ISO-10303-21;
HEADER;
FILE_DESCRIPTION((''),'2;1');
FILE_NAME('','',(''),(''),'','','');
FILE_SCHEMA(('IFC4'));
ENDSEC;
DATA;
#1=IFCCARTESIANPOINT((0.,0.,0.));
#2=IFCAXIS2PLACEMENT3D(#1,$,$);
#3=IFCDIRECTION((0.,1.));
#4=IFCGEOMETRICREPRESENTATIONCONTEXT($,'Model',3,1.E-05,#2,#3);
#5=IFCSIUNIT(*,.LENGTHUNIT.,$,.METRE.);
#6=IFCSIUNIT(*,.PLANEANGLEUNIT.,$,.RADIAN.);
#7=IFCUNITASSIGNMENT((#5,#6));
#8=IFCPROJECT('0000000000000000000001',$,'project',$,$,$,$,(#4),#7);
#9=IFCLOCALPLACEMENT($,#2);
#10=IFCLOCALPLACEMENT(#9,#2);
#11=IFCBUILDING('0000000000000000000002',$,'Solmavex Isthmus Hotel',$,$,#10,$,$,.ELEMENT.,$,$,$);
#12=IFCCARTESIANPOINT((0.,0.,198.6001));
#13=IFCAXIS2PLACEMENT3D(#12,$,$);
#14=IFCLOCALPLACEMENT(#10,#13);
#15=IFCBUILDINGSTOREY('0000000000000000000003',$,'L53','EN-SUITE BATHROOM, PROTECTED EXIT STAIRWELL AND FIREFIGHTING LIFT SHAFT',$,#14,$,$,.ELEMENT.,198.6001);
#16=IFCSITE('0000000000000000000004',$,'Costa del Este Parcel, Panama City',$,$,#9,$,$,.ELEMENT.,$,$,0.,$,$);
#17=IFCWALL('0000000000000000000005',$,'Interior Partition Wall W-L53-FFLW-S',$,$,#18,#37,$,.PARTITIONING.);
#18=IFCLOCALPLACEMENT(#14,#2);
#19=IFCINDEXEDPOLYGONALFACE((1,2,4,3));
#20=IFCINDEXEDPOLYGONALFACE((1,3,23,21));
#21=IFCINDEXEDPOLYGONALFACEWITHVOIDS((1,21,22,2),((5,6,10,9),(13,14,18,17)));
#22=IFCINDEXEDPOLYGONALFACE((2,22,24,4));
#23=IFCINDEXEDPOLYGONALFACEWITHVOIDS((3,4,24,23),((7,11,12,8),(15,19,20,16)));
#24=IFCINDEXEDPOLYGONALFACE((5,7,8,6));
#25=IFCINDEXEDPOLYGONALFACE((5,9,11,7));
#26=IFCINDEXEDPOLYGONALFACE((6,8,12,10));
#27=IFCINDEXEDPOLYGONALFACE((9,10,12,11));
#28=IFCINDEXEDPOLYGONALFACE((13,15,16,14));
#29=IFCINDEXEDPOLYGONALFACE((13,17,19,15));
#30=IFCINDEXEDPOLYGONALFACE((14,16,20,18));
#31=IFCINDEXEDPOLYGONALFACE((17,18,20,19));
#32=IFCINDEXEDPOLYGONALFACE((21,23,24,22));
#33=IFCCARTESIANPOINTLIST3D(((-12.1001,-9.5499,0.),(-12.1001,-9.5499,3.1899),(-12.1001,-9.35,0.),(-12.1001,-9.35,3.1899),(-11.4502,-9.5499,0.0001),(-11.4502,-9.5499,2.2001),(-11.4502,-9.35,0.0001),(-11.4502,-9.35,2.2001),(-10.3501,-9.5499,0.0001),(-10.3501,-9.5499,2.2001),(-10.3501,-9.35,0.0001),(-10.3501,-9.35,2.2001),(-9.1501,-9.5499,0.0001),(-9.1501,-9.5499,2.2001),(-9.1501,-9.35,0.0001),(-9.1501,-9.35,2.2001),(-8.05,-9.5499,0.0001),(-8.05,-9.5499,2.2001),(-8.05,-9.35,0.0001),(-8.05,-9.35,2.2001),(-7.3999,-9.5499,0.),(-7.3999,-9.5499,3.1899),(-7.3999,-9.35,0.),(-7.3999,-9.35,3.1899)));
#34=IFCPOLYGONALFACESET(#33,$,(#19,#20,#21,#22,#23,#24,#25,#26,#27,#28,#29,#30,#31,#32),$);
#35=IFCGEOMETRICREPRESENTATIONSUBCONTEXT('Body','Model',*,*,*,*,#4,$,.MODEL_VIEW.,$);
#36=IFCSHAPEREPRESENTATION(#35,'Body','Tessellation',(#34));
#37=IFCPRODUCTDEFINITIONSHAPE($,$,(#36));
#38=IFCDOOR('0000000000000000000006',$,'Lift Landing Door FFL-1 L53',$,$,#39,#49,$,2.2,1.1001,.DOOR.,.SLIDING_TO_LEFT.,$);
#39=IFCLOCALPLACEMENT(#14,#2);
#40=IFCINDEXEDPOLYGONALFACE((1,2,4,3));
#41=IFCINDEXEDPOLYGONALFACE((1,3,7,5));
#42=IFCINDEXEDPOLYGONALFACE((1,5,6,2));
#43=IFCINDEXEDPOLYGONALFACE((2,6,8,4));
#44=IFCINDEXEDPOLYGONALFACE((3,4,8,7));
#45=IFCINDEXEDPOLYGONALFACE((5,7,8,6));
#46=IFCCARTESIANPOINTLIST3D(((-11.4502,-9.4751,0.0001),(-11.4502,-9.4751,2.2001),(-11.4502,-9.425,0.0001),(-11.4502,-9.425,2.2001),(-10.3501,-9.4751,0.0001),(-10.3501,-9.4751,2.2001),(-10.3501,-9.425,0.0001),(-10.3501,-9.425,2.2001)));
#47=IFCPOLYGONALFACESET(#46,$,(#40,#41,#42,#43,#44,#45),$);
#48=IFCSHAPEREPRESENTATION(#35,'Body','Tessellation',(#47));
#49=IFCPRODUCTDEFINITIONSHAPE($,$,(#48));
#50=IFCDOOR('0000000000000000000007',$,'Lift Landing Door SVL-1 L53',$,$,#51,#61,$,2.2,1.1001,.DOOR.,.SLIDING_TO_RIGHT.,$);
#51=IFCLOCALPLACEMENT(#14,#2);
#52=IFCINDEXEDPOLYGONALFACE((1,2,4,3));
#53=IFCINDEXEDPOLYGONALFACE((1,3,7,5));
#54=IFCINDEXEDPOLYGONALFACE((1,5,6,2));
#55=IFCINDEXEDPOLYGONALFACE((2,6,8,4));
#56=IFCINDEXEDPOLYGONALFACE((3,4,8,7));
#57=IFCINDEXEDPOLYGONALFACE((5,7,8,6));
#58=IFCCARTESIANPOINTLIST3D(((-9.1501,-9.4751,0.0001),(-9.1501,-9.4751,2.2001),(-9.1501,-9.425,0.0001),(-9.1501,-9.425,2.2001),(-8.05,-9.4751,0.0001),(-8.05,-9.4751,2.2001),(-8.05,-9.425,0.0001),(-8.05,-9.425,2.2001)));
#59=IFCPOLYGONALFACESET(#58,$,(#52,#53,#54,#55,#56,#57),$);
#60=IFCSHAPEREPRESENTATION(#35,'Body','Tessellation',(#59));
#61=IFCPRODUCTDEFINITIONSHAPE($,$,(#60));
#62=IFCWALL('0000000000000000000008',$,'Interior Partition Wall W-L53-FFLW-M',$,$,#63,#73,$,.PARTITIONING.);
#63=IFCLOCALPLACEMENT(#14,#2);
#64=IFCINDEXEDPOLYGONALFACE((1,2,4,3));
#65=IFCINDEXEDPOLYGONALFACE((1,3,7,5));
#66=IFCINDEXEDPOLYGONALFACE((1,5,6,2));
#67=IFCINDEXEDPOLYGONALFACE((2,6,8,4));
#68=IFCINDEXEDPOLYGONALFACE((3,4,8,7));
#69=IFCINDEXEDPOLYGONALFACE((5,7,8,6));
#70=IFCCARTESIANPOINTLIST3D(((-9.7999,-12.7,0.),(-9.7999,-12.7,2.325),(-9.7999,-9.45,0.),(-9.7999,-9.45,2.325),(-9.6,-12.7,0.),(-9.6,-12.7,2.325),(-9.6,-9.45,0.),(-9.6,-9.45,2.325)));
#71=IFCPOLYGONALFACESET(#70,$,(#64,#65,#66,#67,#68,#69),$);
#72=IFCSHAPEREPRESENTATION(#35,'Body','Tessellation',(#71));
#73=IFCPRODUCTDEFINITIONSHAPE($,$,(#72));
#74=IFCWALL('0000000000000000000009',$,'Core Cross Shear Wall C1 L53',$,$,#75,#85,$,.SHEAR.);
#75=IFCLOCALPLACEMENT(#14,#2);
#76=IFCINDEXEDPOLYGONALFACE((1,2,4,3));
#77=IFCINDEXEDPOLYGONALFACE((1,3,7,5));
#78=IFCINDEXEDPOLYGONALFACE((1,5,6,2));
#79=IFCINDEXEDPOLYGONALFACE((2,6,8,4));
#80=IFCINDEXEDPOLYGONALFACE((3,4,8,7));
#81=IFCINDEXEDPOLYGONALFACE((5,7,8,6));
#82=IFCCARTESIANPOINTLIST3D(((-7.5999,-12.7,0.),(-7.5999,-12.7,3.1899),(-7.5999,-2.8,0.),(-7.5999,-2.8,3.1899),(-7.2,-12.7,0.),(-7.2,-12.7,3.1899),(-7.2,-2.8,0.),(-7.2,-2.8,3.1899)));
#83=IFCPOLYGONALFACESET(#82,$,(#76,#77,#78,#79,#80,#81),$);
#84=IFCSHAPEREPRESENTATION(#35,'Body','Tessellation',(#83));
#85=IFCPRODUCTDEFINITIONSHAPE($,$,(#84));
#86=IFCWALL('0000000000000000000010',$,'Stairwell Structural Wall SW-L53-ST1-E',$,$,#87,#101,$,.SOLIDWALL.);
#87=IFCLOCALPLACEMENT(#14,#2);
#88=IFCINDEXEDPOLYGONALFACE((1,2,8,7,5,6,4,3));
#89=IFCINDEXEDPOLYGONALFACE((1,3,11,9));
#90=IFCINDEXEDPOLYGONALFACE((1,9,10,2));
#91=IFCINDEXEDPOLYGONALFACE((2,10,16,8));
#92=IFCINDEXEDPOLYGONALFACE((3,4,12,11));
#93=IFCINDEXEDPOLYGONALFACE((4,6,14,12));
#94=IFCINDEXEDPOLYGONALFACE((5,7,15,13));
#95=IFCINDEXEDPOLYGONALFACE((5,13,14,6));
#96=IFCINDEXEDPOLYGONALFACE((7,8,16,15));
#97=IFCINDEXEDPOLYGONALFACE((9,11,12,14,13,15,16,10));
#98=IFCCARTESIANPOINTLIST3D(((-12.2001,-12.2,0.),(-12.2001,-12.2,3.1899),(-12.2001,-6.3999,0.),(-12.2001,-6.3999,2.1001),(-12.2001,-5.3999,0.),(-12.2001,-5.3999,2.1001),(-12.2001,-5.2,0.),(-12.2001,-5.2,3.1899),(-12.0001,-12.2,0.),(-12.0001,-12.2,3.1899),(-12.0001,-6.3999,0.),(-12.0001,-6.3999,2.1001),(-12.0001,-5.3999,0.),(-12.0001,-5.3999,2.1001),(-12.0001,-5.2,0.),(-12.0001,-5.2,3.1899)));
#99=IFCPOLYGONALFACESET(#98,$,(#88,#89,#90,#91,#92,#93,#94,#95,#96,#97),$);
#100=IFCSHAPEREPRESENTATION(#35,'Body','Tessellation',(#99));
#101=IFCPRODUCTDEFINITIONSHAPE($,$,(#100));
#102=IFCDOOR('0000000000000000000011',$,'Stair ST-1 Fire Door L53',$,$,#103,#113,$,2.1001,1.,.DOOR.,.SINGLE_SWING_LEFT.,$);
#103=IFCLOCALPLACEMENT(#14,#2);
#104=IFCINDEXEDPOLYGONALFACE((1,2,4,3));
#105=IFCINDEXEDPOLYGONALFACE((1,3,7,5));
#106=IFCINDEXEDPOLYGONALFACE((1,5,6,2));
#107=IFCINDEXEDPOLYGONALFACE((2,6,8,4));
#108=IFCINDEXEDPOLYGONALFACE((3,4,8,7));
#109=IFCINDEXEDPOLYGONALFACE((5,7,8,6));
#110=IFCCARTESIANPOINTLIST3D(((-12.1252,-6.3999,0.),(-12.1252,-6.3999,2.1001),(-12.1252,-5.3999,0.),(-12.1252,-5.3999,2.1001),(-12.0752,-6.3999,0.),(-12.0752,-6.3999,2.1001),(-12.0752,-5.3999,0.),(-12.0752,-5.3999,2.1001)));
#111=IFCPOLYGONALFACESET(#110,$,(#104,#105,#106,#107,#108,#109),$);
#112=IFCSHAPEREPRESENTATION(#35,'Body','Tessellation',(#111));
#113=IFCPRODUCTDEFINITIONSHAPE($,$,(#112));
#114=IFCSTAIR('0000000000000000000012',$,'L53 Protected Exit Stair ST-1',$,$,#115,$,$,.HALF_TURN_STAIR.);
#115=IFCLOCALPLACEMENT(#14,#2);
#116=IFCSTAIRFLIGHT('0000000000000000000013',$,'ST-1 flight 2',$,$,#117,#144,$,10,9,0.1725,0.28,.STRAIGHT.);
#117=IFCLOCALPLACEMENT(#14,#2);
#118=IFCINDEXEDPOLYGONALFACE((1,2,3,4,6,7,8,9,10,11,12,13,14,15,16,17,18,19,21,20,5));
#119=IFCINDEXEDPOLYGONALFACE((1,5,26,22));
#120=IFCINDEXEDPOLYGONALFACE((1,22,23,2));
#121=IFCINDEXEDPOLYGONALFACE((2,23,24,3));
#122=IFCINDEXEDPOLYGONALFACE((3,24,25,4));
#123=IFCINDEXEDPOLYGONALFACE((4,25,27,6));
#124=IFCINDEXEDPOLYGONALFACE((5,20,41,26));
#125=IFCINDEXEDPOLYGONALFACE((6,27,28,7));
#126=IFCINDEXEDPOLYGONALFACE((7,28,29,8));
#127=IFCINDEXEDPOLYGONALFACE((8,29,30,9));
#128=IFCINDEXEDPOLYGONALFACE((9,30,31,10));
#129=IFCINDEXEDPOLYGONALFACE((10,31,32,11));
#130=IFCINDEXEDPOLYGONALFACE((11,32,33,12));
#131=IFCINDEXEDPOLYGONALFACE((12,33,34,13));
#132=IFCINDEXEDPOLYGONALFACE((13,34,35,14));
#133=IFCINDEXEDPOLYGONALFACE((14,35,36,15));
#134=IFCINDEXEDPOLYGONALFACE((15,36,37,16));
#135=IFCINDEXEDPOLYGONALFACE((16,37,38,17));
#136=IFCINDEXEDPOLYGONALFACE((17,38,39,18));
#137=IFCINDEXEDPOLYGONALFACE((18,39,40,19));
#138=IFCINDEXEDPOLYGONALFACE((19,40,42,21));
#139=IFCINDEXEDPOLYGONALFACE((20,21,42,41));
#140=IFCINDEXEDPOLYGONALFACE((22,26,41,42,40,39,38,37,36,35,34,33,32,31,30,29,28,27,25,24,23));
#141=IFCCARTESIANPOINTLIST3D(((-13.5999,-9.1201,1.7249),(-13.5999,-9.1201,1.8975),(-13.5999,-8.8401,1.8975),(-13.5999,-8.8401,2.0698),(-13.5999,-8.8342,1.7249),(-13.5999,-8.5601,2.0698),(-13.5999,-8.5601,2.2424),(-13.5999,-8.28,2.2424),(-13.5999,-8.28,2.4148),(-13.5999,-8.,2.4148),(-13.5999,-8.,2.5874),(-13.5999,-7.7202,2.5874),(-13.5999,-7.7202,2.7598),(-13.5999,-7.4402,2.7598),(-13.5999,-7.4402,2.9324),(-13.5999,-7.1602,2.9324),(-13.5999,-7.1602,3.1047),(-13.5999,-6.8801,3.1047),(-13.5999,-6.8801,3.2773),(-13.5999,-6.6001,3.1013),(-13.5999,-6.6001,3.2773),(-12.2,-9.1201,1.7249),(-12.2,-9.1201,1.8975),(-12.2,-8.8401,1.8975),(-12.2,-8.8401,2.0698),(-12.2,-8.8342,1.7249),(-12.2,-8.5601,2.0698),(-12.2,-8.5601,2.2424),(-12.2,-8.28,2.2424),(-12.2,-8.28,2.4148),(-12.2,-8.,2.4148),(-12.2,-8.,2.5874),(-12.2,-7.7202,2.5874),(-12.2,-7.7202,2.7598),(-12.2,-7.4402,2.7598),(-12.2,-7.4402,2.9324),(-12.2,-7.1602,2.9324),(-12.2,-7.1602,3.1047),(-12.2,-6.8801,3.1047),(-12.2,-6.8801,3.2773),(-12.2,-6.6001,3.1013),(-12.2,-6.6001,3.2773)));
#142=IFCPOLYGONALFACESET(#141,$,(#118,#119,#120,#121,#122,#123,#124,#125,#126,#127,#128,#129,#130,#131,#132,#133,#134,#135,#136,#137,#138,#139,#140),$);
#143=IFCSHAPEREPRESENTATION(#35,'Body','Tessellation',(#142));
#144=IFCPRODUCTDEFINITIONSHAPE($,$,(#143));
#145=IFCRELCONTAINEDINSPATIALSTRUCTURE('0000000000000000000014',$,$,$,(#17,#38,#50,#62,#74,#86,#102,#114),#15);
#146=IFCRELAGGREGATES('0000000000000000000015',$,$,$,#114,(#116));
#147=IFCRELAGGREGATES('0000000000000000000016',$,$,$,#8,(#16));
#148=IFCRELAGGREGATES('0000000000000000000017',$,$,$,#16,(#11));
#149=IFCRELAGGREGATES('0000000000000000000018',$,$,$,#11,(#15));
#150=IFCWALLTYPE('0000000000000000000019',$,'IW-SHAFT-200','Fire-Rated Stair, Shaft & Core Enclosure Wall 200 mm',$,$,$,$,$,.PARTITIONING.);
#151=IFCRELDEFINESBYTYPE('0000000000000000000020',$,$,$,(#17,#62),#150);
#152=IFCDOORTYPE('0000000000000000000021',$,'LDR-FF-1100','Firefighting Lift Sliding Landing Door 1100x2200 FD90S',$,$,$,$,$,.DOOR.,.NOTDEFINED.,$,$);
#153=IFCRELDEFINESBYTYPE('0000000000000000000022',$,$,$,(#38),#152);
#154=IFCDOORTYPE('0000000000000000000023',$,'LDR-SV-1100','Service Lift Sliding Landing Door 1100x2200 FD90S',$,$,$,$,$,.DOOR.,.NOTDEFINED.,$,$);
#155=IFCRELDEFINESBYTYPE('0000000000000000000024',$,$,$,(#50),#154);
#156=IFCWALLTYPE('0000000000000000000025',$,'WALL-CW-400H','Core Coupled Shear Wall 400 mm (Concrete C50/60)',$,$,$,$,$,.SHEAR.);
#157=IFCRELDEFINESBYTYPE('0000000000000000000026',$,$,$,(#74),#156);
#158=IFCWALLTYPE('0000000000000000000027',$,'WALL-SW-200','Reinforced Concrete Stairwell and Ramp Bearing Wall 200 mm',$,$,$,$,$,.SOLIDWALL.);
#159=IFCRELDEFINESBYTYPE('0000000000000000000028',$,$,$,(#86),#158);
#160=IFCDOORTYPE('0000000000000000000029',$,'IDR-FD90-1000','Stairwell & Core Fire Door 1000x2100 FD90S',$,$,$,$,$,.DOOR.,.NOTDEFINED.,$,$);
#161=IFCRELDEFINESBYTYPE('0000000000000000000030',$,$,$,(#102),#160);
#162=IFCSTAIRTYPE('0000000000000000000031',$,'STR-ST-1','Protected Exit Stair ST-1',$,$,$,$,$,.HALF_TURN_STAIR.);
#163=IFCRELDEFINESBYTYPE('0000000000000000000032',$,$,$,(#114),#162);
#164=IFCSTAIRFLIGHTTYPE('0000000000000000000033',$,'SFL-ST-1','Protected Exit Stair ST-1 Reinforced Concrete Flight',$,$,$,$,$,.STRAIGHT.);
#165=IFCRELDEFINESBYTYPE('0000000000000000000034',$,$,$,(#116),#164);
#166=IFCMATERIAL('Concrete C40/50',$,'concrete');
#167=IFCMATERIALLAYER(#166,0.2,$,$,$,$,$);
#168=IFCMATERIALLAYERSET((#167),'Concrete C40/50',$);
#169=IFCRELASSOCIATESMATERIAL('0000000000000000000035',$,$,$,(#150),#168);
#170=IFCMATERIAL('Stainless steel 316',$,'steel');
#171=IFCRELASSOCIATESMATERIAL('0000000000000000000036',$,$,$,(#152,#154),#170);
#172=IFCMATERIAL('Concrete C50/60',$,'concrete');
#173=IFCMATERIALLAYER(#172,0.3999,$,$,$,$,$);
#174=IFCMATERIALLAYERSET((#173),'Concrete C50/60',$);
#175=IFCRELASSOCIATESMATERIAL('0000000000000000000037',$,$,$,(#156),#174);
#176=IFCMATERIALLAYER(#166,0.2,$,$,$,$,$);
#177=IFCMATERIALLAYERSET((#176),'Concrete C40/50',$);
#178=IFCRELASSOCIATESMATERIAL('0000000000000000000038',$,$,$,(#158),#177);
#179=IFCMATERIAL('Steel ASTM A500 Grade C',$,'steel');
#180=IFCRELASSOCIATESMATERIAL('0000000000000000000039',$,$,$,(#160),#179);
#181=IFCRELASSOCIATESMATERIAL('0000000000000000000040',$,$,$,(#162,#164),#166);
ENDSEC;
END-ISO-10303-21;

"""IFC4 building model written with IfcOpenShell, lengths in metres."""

from ifc_helpers import new_model, si_unit, direction, frame, frame_2d, origin, place, context, subcontext, project, spatial, polyline, rectangle, outline, extrude, material, layer, layer_set, type_object, element, fill, aggregate, save


model = new_model("IFC4")

# Units and contexts
model_context = context("Model", 3, precision=1e-05, world=origin(), true_north=direction((0.0, 1.0)))
body_context = subcontext(model_context, "Body", "Model", "MODEL_VIEW")
ifc_project = project(units=[si_unit("LENGTHUNIT", "METRE"), si_unit("PLANEANGLEUNIT", "RADIAN")], contexts=[model_context])

# Site, building, storey
site_placement = place(None, origin())
site = spatial("IfcSite", under=ifc_project, at=site_placement, Name="Costa del Este Parcel, Panama City", CompositionType="ELEMENT", RefElevation=0.0)
building_placement = place(site_placement, origin())
building = spatial("IfcBuilding", under=site, at=building_placement, Name="Solmavex Isthmus Hotel", CompositionType="ELEMENT")
storey_placement = place(building_placement, frame((0.0, 0.0, 198.6001)))
storey = spatial("IfcBuildingStorey", under=building, at=storey_placement, Name="L53", Description="EN-SUITE BATHROOM, PROTECTED EXIT STAIRWELL AND FIREFIGHTING LIFT SHAFT", CompositionType="ELEMENT", Elevation=198.6001)

# Shared definitions
ifc_material_1 = material(Name="Concrete C50/60", Category="concrete")

# Wall, openings, doors
ifc_material_2 = material(Name="Concrete C40/50", Category="concrete")
ifc_layer_1 = layer(ifc_material_2, 0.2)
ifc_layer_set_1 = layer_set([ifc_layer_1], Name="Concrete C40/50")
wall_type_1 = type_object("IfcWallType", Name="IW-SHAFT-200", Description="Fire-Rated Stair, Shaft & Core Enclosure Wall 200 mm", PredefinedType="PARTITIONING", material=ifc_layer_set_1)
wall_1_placement = place(storey_placement, frame((-12.1001, -9.45, 0.0), z_axis=(0.0, 0.0, 1.0), x_axis=(1.0, 0.0, 0.0)))
wall_1 = element("IfcWall", 1, at=wall_1_placement, inside=storey, type_object=wall_type_1, Name="Interior Partition Wall W-L53-FFLW-S", PredefinedType="PARTITIONING", context=body_context, shape_type="SweptSolid", body=[
    extrude(rectangle(XDim=4.7002, YDim=0.2, at=frame_2d((2.3501, 0.0))), origin(), (0.0, 0.0, 1.0), 3.1899),
])
opening_1_placement = place(wall_1_placement, frame((0.6499, 0.0, 0.0)))
opening_1 = element("IfcOpeningElement", 2, at=opening_1_placement, cuts=wall_1, PredefinedType="OPENING", context=body_context, shape_type="SweptSolid", body=[
    extrude(rectangle(XDim=1.1001, YDim=2.2, at=frame_2d((0.55, 1.1001))), frame((0.0, 0.1099, 0.0), z_axis=(0.0, -1.0, 0.0), x_axis=(1.0, 0.0, 0.0)), (0.0, 0.0, 1.0), 0.22),
])
opening_2_placement = place(wall_1_placement, frame((2.95, 0.0, 0.0)))
opening_2 = element("IfcOpeningElement", 3, at=opening_2_placement, cuts=wall_1, PredefinedType="OPENING", context=body_context, shape_type="SweptSolid", body=[
    extrude(rectangle(XDim=1.1001, YDim=2.2, at=frame_2d((0.55, 1.1001))), frame((0.0, 0.1099, 0.0), z_axis=(0.0, -1.0, 0.0), x_axis=(1.0, 0.0, 0.0)), (0.0, 0.0, 1.0), 0.22),
])
ifc_material_3 = material(Name="Stainless steel 316", Category="steel")
door_type_1 = type_object("IfcDoorType", Name="LDR-FF-1100", Description="Firefighting Lift Sliding Landing Door 1100x2200 FD90S", OperationType="NOTDEFINED", PredefinedType="DOOR", material=ifc_material_3)
door_1_placement = place(opening_1_placement, origin())
door_1 = element("IfcDoor", 4, at=door_1_placement, inside=storey, type_object=door_type_1, Name="Lift Landing Door FFL-1 L53", OperationType="SLIDING_TO_LEFT", OverallHeight=2.2, OverallWidth=1.1001, PredefinedType="DOOR", context=body_context, shape_type="SweptSolid", body=[
    extrude(rectangle(XDim=1.1001, YDim=2.2, at=frame_2d((0.55, 1.1001))), frame((0.0, 0.0249, 0.0), z_axis=(0.0, -1.0, 0.0), x_axis=(1.0, 0.0, 0.0)), (0.0, 0.0, 1.0), 0.05),
])
fill(opening_1, door_1)
door_type_2 = type_object("IfcDoorType", Name="LDR-SV-1100", Description="Service Lift Sliding Landing Door 1100x2200 FD90S", OperationType="NOTDEFINED", PredefinedType="DOOR", material=ifc_material_3)
door_2_placement = place(opening_2_placement, origin())
door_2 = element("IfcDoor", 5, at=door_2_placement, inside=storey, type_object=door_type_2, Name="Lift Landing Door SVL-1 L53", OperationType="SLIDING_TO_RIGHT", OverallHeight=2.2, OverallWidth=1.1001, PredefinedType="DOOR", context=body_context, shape_type="SweptSolid", body=[
    extrude(rectangle(XDim=1.1001, YDim=2.2, at=frame_2d((0.55, 1.1001))), frame((0.0, 0.0249, 0.0), z_axis=(0.0, -1.0, 0.0), x_axis=(1.0, 0.0, 0.0)), (0.0, 0.0, 1.0), 0.05),
])
fill(opening_2, door_2)

# Walls
wall_2_placement = place(storey_placement, frame((-9.7, -12.7, 0.0), z_axis=(0.0, 0.0, 1.0), x_axis=(0.0, 1.0, 0.0)))
element("IfcWall", 6, at=wall_2_placement, inside=storey, type_object=wall_type_1, Name="Interior Partition Wall W-L53-FFLW-M", PredefinedType="PARTITIONING", context=body_context, shape_type="SweptSolid", body=[
    extrude(rectangle(XDim=3.25, YDim=0.2, at=frame_2d((1.625, 0.0))), origin(), (0.0, 0.0, 1.0), 2.325),
])
ifc_layer_2 = layer(ifc_material_1, 0.3999)
ifc_layer_set_2 = layer_set([ifc_layer_2], Name="Concrete C50/60")
wall_type_2 = type_object("IfcWallType", Name="WALL-CW-400H", Description="Core Coupled Shear Wall 400 mm (Concrete C50/60)", PredefinedType="SHEAR", material=ifc_layer_set_2)
wall_3_placement = place(storey_placement, frame((-7.3999, -12.7, 0.0), z_axis=(0.0, 0.0, 1.0), x_axis=(0.0, 1.0, 0.0)))
element("IfcWall", 7, at=wall_3_placement, inside=storey, type_object=wall_type_2, Name="Core Cross Shear Wall C1 L53", PredefinedType="SHEAR", context=body_context, shape_type="SweptSolid", body=[
    extrude(rectangle(XDim=9.8999, YDim=0.3999, at=frame_2d((4.95, 0.0))), origin(), (0.0, 0.0, 1.0), 3.1899),
])

# Wall, opening, door
ifc_layer_3 = layer(ifc_material_2, 0.2)
ifc_layer_set_3 = layer_set([ifc_layer_3], Name="Concrete C40/50")
wall_type_3 = type_object("IfcWallType", Name="WALL-SW-200", Description="Reinforced Concrete Stairwell and Ramp Bearing Wall 200 mm", PredefinedType="SOLIDWALL", material=ifc_layer_set_3)
wall_4_placement = place(storey_placement, frame((-12.1001, -12.2, 0.0), z_axis=(0.0, 0.0, 1.0), x_axis=(0.0, 1.0, 0.0)))
wall_4 = element("IfcWall", 8, at=wall_4_placement, inside=storey, type_object=wall_type_3, Name="Stairwell Structural Wall SW-L53-ST1-E", PredefinedType="SOLIDWALL", context=body_context, shape_type="SweptSolid", body=[
    extrude(rectangle(XDim=7.0, YDim=0.2, at=frame_2d((3.5, 0.0))), origin(), (0.0, 0.0, 1.0), 3.1899),
])
opening_3_placement = place(wall_4_placement, frame((5.8, 0.0, 0.0)))
opening_3 = element("IfcOpeningElement", 9, at=opening_3_placement, cuts=wall_4, PredefinedType="OPENING", context=body_context, shape_type="SweptSolid", body=[
    extrude(rectangle(XDim=1.0, YDim=2.1001, at=frame_2d((0.5, 1.05))), frame((0.0, 0.1099, 0.0), z_axis=(0.0, -1.0, 0.0), x_axis=(1.0, 0.0, 0.0)), (0.0, 0.0, 1.0), 0.22),
])
ifc_material_4 = material(Name="Steel ASTM A500 Grade C", Category="steel")
door_type_3 = type_object("IfcDoorType", Name="IDR-FD90-1000", Description="Stairwell & Core Fire Door 1000x2100 FD90S", OperationType="NOTDEFINED", PredefinedType="DOOR", material=ifc_material_4)
door_3_placement = place(opening_3_placement, frame((1.0, 0.0, 0.0), z_axis=(0.0, 0.0, 1.0), x_axis=(-1.0, 0.0, 0.0)))
door_3 = element("IfcDoor", 10, at=door_3_placement, inside=storey, type_object=door_type_3, Name="Stair ST-1 Fire Door L53", OperationType="SINGLE_SWING_LEFT", OverallHeight=2.1001, OverallWidth=1.0, PredefinedType="DOOR", context=body_context, shape_type="SweptSolid", body=[
    extrude(rectangle(XDim=1.0, YDim=2.1001, at=frame_2d((0.5, 1.05))), frame((0.0, 0.0249, 0.0), z_axis=(0.0, -1.0, 0.0), x_axis=(1.0, 0.0, 0.0)), (0.0, 0.0, 1.0), 0.05),
])
fill(opening_3, door_3)

# Stair, stair flight
stair_type = type_object("IfcStairType", Name="STR-ST-1", Description="Protected Exit Stair ST-1", PredefinedType="HALF_TURN_STAIR", material=ifc_material_2)
stair_placement = place(storey_placement, origin())
stair = element("IfcStair", 11, at=stair_placement, inside=storey, type_object=stair_type, Name="L53 Protected Exit Stair ST-1", PredefinedType="HALF_TURN_STAIR")
stair_flight_type = type_object("IfcStairFlightType", Name="SFL-ST-1", Description="Protected Exit Stair ST-1 Reinforced Concrete Flight", PredefinedType="STRAIGHT", material=ifc_material_2)
stair_flight_placement = place(storey_placement, frame((-12.8999, -9.1201, 1.7249), z_axis=(0.0, 0.0, 1.0), x_axis=(0.0, 1.0, 0.0)))
stair_flight = element("IfcStairFlight", 12, at=stair_flight_placement, type_object=stair_flight_type, Name="ST-1 flight 2", NumberOfRisers=10, NumberOfTreads=9, PredefinedType="STRAIGHT", RiserHeight=0.1725, TreadLength=0.28, context=body_context, shape_type="SweptSolid", body=[
    extrude(outline(polyline([(0.0, 0.0), (0.0, 0.1726), (0.28, 0.1726), (0.28, 0.345), (0.5601, 0.345), (0.5601, 0.5176), (0.8401, 0.5176), (0.8401, 0.6899), (1.1201, 0.6899), (1.1201, 0.8625), (1.3999, 0.8625), (1.3999, 1.0349), (1.6799, 1.0349), (1.6799, 1.2075), (1.96, 1.2075), (1.96, 1.3799), (2.24, 1.3799), (2.24, 1.5525), (2.52, 1.5525), (2.52, 1.7251), (2.52, 1.3765), (0.2859, 0.0), (0.0, 0.0)])), frame((0.0, 0.7, 0.0), z_axis=(0.0, -1.0, 0.0), x_axis=(1.0, 0.0, 0.0)), (0.0, 0.0, 1.0), 1.3999),
])
aggregate(stair, [stair_flight])

save(model, "model.ifc")
